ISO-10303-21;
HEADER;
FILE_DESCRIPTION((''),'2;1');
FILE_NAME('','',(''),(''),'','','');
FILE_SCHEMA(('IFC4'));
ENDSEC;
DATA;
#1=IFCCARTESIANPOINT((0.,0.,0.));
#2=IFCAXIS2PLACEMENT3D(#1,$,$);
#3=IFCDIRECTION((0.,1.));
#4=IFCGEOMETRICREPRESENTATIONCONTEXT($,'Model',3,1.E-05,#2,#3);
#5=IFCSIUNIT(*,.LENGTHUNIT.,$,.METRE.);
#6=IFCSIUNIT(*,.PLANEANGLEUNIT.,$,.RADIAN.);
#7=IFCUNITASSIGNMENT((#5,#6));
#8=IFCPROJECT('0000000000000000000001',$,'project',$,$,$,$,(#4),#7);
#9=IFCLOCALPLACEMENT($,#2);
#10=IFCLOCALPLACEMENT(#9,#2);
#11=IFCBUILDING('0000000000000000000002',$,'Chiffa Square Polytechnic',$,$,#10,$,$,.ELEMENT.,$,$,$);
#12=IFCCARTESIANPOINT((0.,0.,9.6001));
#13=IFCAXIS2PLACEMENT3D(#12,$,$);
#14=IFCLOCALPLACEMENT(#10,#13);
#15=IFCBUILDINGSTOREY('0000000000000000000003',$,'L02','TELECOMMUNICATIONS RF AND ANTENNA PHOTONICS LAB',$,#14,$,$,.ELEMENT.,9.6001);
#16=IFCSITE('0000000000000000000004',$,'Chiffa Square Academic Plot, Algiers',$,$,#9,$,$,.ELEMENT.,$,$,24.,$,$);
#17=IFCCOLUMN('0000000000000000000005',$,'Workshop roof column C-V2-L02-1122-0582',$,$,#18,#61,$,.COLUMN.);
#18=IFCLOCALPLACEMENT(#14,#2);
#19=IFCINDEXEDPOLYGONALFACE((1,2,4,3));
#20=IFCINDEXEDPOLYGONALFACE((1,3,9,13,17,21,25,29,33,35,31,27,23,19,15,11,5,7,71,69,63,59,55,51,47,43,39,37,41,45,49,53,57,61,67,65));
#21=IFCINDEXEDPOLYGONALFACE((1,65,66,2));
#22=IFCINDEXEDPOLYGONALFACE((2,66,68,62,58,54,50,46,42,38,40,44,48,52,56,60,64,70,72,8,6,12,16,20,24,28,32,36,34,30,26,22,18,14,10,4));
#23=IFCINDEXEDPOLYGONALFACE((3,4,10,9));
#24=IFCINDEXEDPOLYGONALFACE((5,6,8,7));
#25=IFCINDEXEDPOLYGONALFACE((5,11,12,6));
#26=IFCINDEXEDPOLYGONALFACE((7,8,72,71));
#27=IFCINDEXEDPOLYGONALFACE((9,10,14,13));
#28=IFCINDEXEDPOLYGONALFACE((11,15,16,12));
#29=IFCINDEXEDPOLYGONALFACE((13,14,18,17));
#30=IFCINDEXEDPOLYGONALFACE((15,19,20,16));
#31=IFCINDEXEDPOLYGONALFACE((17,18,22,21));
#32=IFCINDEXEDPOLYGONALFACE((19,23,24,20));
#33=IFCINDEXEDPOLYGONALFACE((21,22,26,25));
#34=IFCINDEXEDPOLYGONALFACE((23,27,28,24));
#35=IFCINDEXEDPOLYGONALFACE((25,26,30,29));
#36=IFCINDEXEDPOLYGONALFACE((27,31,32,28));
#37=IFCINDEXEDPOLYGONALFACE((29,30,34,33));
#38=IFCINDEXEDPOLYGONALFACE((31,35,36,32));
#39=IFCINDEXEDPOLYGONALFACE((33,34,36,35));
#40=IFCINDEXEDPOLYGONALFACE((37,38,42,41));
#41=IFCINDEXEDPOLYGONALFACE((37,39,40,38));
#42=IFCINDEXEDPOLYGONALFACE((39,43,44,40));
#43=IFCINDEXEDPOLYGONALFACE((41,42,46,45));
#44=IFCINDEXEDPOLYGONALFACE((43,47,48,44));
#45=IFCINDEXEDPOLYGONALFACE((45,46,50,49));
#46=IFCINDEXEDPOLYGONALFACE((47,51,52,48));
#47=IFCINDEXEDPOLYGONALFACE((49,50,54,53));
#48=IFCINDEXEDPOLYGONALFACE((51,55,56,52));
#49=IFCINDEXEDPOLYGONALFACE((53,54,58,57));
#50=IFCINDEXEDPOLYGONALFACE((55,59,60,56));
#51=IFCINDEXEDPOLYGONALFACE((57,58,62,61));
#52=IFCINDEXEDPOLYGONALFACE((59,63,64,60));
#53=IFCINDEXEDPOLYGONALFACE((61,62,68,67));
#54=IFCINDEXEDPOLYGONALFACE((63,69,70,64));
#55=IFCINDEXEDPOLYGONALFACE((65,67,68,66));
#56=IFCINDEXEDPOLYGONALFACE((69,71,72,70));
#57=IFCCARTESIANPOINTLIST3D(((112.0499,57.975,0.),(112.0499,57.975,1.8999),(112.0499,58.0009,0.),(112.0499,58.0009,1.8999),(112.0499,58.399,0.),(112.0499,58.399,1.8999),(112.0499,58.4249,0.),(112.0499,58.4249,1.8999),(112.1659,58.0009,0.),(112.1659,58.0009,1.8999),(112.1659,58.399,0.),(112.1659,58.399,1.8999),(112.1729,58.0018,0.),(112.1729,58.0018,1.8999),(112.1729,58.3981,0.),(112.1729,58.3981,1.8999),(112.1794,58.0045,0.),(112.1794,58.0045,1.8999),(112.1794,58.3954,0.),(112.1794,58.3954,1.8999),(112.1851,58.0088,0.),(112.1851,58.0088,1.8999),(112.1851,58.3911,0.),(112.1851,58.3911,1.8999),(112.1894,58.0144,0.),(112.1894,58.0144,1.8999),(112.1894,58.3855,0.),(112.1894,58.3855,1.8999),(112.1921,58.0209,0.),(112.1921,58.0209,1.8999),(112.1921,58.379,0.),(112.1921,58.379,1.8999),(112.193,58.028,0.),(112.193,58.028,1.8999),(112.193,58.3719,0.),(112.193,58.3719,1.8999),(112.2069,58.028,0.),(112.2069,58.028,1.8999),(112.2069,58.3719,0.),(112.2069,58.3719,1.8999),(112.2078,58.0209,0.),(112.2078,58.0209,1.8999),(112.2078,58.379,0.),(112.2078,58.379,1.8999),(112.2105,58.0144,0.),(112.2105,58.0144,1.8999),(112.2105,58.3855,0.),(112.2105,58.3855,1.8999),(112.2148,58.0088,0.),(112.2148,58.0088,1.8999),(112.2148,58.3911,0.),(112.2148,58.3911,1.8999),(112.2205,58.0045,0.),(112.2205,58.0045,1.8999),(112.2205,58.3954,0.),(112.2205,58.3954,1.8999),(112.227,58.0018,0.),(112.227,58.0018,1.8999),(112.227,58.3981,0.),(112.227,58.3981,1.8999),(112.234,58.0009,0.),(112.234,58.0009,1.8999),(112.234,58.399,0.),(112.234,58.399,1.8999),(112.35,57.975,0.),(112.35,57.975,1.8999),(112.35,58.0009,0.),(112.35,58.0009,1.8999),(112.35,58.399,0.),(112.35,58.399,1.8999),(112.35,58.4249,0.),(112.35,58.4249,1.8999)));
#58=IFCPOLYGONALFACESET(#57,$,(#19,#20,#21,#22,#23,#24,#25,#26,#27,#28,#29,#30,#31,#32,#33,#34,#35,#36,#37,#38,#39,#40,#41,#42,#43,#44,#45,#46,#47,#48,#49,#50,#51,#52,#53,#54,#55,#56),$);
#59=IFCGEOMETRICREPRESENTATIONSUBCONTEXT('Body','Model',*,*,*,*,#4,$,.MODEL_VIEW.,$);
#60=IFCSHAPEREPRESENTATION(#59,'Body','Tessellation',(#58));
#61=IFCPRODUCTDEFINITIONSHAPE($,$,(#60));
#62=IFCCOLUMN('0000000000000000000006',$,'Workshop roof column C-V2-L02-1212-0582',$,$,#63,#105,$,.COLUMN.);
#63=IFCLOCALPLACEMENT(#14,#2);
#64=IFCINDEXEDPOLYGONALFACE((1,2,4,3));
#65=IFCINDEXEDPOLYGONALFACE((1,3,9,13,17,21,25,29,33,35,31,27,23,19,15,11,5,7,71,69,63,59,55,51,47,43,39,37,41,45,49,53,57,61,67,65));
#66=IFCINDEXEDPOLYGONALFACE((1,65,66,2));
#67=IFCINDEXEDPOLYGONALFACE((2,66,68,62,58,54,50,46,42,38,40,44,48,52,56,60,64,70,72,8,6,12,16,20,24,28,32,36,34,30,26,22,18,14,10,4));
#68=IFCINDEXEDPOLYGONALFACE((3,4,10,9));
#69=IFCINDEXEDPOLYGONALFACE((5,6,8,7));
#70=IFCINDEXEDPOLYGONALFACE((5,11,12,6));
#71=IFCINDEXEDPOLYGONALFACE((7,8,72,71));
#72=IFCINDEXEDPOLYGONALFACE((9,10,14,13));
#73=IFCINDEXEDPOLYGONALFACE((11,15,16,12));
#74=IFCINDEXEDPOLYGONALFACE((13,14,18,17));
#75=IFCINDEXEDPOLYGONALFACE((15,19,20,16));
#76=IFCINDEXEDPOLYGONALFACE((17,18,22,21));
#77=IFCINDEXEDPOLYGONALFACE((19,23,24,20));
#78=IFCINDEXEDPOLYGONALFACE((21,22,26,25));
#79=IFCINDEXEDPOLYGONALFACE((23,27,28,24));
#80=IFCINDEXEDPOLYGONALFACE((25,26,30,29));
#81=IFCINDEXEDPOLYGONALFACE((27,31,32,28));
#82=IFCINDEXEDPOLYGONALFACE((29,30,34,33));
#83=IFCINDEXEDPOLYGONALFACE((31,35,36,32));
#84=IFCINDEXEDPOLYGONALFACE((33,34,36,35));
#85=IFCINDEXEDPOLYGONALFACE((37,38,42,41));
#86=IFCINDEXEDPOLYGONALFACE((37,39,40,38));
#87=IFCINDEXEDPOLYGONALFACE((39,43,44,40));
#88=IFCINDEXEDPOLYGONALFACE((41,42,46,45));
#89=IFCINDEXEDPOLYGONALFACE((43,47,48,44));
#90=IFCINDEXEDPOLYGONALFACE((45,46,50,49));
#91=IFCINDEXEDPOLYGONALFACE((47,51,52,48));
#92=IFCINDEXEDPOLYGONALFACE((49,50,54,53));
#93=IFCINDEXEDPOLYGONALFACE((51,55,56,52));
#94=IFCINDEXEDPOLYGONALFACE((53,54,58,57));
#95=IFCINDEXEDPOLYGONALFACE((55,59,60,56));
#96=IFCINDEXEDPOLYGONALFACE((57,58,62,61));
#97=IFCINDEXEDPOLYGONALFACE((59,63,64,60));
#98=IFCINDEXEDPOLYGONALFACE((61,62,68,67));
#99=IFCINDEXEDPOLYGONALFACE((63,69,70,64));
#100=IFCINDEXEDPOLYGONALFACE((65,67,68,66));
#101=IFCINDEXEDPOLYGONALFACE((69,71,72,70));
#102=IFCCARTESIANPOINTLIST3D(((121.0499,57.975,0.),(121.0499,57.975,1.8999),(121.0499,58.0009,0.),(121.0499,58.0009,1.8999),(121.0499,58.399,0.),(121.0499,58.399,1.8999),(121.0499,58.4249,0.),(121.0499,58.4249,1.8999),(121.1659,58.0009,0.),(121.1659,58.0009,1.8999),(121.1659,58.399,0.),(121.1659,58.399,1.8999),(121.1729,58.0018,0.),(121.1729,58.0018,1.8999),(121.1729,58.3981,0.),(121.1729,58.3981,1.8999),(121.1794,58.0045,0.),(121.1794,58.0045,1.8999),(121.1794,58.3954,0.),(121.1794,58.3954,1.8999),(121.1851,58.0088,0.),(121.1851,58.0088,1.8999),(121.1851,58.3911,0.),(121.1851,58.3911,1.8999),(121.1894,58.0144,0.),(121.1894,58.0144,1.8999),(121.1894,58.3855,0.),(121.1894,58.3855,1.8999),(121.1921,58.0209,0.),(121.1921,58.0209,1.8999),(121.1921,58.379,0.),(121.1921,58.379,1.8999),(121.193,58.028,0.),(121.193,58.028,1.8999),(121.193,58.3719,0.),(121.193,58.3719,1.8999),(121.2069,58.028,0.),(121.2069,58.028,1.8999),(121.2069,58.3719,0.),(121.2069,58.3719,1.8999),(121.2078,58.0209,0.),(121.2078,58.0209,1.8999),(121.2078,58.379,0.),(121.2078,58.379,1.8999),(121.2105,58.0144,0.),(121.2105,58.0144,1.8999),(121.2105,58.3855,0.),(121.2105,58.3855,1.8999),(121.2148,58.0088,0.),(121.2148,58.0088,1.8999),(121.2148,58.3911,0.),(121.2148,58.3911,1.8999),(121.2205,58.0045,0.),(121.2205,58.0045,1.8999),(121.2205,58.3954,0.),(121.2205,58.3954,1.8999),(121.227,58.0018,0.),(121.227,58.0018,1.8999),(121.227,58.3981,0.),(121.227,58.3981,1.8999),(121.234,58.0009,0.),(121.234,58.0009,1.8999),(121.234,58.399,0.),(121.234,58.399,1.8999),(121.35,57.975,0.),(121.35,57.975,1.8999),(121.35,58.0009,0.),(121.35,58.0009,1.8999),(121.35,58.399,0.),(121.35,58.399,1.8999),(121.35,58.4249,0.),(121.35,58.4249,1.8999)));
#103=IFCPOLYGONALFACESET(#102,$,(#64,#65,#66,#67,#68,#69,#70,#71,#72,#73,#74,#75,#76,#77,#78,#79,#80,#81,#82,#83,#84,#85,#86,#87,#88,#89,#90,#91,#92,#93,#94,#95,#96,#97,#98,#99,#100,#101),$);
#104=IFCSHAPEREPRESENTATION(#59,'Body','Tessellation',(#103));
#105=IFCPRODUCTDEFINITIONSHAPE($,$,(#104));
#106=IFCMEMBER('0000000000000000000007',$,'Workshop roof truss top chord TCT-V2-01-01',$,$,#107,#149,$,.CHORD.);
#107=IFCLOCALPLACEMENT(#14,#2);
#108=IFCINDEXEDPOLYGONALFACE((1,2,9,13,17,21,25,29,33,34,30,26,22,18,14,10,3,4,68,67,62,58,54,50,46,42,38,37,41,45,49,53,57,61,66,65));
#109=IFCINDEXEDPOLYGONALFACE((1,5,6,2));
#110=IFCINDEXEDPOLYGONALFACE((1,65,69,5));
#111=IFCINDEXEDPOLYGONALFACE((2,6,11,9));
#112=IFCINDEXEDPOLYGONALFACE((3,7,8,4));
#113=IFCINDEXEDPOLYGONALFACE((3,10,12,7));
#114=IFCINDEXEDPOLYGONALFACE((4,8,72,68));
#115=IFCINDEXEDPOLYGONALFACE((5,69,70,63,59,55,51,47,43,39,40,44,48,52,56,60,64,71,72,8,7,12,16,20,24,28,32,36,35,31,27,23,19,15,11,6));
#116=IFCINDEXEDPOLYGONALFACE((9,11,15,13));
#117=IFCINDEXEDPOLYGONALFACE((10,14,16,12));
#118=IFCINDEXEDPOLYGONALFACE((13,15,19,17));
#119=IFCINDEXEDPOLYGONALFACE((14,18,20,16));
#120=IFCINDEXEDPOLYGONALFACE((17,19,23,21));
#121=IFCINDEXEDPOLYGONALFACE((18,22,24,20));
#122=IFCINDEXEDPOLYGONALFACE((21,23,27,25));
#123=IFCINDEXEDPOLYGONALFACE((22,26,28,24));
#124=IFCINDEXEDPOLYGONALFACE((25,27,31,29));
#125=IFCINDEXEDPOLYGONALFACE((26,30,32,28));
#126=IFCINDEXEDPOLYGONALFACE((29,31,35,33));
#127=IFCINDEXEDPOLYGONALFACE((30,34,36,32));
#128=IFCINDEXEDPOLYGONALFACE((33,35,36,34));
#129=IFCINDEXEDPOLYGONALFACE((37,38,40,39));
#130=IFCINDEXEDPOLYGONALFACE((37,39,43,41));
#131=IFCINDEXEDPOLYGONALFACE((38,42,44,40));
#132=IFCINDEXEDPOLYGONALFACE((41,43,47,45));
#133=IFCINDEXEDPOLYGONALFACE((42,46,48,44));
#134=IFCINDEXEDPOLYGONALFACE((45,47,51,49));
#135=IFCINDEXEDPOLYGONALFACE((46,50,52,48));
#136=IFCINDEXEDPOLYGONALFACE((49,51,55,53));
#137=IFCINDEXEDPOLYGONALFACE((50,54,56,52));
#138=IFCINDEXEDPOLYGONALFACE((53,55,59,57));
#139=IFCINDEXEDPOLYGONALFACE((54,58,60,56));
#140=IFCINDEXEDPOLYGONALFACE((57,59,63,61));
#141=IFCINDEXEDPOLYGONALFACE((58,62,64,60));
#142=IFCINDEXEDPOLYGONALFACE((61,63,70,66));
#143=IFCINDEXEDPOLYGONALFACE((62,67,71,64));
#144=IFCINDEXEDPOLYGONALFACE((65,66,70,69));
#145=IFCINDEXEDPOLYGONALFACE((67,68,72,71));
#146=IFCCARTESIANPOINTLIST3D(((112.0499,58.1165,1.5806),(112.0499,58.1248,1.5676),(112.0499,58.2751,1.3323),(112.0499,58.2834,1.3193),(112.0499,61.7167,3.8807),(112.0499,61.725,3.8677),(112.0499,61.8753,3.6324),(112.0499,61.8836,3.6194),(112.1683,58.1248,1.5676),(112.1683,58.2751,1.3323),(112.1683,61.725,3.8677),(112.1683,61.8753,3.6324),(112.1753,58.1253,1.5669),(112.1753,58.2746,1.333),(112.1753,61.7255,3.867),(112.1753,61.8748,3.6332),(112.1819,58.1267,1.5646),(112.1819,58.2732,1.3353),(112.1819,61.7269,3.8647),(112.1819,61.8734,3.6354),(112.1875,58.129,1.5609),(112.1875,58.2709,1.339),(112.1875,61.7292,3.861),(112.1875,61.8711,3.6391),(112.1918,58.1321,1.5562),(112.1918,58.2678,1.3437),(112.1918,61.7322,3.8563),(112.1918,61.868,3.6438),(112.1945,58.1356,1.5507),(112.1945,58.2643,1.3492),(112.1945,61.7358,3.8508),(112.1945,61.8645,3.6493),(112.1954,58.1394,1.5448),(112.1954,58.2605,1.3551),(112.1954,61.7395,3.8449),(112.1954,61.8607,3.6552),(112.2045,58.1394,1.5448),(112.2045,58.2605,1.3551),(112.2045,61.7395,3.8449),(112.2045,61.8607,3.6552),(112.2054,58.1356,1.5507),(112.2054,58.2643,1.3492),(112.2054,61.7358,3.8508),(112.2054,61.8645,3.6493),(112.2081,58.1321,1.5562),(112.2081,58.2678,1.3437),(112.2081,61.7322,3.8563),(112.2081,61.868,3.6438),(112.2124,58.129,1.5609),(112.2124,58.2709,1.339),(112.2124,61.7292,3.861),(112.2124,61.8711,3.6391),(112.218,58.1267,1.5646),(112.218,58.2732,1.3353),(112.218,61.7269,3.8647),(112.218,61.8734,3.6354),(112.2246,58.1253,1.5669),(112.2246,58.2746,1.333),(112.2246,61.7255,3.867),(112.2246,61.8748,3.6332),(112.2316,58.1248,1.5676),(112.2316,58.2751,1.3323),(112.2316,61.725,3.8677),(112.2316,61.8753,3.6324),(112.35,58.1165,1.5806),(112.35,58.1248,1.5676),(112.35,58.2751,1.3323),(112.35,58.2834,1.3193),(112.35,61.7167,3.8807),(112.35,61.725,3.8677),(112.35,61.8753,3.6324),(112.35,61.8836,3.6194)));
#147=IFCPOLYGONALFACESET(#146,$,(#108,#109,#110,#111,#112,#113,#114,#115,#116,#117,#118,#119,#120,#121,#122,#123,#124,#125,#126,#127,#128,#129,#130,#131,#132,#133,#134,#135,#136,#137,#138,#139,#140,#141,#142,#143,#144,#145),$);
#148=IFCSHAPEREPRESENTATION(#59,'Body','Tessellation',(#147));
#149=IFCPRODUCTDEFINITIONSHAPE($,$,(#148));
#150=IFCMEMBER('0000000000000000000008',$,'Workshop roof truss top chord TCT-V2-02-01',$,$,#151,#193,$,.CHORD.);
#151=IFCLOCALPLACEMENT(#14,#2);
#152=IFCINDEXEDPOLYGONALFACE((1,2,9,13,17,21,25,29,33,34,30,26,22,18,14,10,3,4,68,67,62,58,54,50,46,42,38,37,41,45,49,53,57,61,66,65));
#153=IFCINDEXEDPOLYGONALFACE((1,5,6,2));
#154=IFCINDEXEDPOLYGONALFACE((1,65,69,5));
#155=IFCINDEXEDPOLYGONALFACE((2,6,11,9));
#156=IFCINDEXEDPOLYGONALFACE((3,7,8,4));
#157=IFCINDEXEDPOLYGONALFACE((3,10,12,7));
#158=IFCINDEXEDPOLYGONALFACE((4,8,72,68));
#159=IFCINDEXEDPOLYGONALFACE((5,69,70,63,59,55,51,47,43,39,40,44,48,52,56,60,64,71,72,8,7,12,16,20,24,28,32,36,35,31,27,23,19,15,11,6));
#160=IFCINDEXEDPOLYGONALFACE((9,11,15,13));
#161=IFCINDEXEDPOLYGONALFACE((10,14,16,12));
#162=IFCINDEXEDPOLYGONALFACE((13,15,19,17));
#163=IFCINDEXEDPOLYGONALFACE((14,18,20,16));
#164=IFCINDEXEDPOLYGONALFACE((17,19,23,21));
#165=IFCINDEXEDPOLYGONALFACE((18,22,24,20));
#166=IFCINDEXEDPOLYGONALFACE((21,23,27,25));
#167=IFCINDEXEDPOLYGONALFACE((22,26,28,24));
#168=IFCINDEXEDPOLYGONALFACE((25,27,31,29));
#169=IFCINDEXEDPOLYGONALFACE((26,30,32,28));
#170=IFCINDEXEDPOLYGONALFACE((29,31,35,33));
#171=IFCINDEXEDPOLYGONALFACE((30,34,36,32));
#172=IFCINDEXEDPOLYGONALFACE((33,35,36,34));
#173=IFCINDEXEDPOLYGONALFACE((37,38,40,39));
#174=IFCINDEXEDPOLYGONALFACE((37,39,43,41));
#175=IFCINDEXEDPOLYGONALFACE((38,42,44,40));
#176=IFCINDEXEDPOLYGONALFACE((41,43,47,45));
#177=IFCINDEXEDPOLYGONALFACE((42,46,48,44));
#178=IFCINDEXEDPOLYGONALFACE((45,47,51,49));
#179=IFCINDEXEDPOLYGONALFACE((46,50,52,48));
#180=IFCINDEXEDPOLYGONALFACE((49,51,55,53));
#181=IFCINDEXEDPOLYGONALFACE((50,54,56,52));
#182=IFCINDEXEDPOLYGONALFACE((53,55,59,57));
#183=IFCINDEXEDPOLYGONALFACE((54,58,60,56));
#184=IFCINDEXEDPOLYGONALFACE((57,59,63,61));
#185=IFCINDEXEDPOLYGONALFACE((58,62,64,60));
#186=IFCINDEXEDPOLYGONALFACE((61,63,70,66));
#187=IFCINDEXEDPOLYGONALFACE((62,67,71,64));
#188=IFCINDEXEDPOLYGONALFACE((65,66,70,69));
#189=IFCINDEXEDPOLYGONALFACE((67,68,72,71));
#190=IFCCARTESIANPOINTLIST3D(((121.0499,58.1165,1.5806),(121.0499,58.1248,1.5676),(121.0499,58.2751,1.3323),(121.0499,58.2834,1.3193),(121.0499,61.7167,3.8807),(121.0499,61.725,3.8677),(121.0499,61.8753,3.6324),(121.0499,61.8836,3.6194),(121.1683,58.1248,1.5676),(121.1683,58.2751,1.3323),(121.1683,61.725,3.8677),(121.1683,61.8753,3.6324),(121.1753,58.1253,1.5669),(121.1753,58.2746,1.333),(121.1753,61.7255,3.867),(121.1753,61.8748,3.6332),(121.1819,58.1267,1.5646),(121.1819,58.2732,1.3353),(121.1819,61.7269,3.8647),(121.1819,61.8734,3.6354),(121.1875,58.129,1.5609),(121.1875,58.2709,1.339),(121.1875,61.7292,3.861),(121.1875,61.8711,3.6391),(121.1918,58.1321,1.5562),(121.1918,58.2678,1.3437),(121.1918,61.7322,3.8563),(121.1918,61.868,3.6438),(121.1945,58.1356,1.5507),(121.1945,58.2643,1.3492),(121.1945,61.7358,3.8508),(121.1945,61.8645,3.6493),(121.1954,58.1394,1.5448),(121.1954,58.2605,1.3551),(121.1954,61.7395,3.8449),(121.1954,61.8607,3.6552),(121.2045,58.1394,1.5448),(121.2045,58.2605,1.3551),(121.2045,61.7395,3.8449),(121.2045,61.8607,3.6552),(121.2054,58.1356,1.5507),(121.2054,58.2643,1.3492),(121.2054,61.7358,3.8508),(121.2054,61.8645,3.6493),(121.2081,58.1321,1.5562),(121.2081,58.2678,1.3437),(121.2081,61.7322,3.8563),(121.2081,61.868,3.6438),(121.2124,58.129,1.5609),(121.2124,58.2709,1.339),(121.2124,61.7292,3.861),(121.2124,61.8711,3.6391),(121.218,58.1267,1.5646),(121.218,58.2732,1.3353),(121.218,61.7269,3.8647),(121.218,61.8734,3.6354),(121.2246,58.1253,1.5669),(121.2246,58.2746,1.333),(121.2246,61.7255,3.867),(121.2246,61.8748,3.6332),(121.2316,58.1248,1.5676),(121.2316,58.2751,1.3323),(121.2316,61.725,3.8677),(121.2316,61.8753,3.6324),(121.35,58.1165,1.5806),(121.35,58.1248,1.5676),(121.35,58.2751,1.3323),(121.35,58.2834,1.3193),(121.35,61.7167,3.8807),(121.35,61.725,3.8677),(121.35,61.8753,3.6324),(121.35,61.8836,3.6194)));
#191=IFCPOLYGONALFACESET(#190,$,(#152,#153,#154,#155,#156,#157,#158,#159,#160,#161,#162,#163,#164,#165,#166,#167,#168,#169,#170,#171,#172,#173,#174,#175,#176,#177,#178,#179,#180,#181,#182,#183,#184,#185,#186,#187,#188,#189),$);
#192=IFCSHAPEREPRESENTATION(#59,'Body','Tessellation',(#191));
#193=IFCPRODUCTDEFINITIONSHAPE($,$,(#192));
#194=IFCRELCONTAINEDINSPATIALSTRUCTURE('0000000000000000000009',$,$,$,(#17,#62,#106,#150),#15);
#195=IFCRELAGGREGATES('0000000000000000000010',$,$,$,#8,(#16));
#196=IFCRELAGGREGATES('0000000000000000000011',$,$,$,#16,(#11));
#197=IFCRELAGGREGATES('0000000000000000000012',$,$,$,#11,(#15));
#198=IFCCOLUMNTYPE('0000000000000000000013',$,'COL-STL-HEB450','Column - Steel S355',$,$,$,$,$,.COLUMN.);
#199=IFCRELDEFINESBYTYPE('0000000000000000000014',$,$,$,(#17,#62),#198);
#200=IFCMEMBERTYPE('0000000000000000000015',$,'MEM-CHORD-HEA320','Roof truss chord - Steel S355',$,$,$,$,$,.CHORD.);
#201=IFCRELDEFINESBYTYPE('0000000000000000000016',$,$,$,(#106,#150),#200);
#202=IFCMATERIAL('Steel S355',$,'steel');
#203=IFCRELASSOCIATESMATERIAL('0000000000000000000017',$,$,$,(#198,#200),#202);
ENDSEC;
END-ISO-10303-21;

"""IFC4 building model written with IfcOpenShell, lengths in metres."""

from ifc_helpers import new_model, si_unit, direction, frame, origin, origin_2d, place, context, subcontext, project, spatial, i_section, extrude, material, material_profile, profile_set, type_object, element, save


model = new_model("IFC4")

# Units and contexts
model_context = context("Model", 3, precision=1e-05, world=origin(), true_north=direction((0.0, 1.0)))
body_context = subcontext(model_context, "Body", "Model", "MODEL_VIEW")
ifc_project = project(units=[si_unit("LENGTHUNIT", "METRE"), si_unit("PLANEANGLEUNIT", "RADIAN")], contexts=[model_context])

# Site, building, storey
site_placement = place(None, origin())
site = spatial("IfcSite", under=ifc_project, at=site_placement, Name="Chiffa Square Academic Plot, Algiers", CompositionType="ELEMENT", RefElevation=24.0)
building_placement = place(site_placement, origin())
building = spatial("IfcBuilding", under=site, at=building_placement, Name="Chiffa Square Polytechnic", CompositionType="ELEMENT")
storey_placement = place(building_placement, frame((0.0, 0.0, 9.6001)))
storey = spatial("IfcBuildingStorey", under=building, at=storey_placement, Name="L02", Description="TELECOMMUNICATIONS RF AND ANTENNA PHOTONICS LAB", CompositionType="ELEMENT", Elevation=9.6001)

# Columns
ifc_material_1 = material(Name="Steel S355", Category="steel")
ifc_material_profile_1 = material_profile(ifc_material_1, i_section(OverallWidth=0.3, OverallDepth=0.45, WebThickness=0.0139, FlangeThickness=0.0259, FilletRadius=0.0271, at=origin_2d()), Name="HEB 450")
ifc_profile_set_1 = profile_set([ifc_material_profile_1], Name="Steel S355")
column_type = type_object("IfcColumnType", Name="COL-STL-HEB450", Description="Column - Steel S355", PredefinedType="COLUMN", material=ifc_profile_set_1)
for number, where, z_axis, x_axis, name in (
    (1, (112.2, 58.2, 0.0), (0.0, 0.0, 1.0), (1.0, 0.0, 0.0), "Workshop roof column C-V2-L02-1122-0582"),
    (2, (121.2, 58.2, 0.0), (0.0, 0.0, 1.0), (1.0, 0.0, 0.0), "Workshop roof column C-V2-L02-1212-0582"),
):
    element("IfcColumn", number, at=place(storey_placement, frame(where, z_axis=z_axis, x_axis=x_axis)), inside=storey, type_object=column_type, Name=name, PredefinedType="COLUMN", context=body_context, shape_type="SweptSolid", body=[
        extrude(i_section(OverallWidth=0.3, OverallDepth=0.45, WebThickness=0.0139, FlangeThickness=0.0259, FilletRadius=0.0271, at=origin_2d()), origin(), (0.0, 0.0, 1.0), 1.8999),
    ])

# Members
ifc_material_profile_2 = material_profile(ifc_material_1, i_section(OverallWidth=0.3, OverallDepth=0.3101, WebThickness=0.009, FlangeThickness=0.0154, FilletRadius=0.0271, at=origin_2d()), Name="HEA 320")
ifc_profile_set_2 = profile_set([ifc_material_profile_2], Name="Steel S355")
member_type_1 = type_object("IfcMemberType", Name="MEM-CHORD-HEA320", Description="Roof truss chord - Steel S355", PredefinedType="CHORD", material=ifc_profile_set_2)
for number, where, z_axis, x_axis, name in (
    (3, (112.2, 58.2, 1.45), (0.0, 0.842698, 0.538387), (-1.0, 0.0, 0.0), "Workshop roof truss top chord TCT-V2-01-01"),
    (4, (121.2, 58.2, 1.45), (0.0, 0.842698, 0.538387), (-1.0, 0.0, 0.0), "Workshop roof truss top chord TCT-V2-02-01"),
):
    element("IfcMember", number, at=place(storey_placement, frame(where, z_axis=z_axis, x_axis=x_axis)), inside=storey, type_object=member_type_1, Name=name, PredefinedType="CHORD", context=body_context, shape_type="SweptSolid", body=[
        extrude(i_section(OverallWidth=0.3, OverallDepth=0.3101, WebThickness=0.009, FlangeThickness=0.0154, FilletRadius=0.0271, at=origin_2d()), origin(), (0.0, 0.0, 1.0), 4.2722),
    ])

save(model, "model.ifc")
